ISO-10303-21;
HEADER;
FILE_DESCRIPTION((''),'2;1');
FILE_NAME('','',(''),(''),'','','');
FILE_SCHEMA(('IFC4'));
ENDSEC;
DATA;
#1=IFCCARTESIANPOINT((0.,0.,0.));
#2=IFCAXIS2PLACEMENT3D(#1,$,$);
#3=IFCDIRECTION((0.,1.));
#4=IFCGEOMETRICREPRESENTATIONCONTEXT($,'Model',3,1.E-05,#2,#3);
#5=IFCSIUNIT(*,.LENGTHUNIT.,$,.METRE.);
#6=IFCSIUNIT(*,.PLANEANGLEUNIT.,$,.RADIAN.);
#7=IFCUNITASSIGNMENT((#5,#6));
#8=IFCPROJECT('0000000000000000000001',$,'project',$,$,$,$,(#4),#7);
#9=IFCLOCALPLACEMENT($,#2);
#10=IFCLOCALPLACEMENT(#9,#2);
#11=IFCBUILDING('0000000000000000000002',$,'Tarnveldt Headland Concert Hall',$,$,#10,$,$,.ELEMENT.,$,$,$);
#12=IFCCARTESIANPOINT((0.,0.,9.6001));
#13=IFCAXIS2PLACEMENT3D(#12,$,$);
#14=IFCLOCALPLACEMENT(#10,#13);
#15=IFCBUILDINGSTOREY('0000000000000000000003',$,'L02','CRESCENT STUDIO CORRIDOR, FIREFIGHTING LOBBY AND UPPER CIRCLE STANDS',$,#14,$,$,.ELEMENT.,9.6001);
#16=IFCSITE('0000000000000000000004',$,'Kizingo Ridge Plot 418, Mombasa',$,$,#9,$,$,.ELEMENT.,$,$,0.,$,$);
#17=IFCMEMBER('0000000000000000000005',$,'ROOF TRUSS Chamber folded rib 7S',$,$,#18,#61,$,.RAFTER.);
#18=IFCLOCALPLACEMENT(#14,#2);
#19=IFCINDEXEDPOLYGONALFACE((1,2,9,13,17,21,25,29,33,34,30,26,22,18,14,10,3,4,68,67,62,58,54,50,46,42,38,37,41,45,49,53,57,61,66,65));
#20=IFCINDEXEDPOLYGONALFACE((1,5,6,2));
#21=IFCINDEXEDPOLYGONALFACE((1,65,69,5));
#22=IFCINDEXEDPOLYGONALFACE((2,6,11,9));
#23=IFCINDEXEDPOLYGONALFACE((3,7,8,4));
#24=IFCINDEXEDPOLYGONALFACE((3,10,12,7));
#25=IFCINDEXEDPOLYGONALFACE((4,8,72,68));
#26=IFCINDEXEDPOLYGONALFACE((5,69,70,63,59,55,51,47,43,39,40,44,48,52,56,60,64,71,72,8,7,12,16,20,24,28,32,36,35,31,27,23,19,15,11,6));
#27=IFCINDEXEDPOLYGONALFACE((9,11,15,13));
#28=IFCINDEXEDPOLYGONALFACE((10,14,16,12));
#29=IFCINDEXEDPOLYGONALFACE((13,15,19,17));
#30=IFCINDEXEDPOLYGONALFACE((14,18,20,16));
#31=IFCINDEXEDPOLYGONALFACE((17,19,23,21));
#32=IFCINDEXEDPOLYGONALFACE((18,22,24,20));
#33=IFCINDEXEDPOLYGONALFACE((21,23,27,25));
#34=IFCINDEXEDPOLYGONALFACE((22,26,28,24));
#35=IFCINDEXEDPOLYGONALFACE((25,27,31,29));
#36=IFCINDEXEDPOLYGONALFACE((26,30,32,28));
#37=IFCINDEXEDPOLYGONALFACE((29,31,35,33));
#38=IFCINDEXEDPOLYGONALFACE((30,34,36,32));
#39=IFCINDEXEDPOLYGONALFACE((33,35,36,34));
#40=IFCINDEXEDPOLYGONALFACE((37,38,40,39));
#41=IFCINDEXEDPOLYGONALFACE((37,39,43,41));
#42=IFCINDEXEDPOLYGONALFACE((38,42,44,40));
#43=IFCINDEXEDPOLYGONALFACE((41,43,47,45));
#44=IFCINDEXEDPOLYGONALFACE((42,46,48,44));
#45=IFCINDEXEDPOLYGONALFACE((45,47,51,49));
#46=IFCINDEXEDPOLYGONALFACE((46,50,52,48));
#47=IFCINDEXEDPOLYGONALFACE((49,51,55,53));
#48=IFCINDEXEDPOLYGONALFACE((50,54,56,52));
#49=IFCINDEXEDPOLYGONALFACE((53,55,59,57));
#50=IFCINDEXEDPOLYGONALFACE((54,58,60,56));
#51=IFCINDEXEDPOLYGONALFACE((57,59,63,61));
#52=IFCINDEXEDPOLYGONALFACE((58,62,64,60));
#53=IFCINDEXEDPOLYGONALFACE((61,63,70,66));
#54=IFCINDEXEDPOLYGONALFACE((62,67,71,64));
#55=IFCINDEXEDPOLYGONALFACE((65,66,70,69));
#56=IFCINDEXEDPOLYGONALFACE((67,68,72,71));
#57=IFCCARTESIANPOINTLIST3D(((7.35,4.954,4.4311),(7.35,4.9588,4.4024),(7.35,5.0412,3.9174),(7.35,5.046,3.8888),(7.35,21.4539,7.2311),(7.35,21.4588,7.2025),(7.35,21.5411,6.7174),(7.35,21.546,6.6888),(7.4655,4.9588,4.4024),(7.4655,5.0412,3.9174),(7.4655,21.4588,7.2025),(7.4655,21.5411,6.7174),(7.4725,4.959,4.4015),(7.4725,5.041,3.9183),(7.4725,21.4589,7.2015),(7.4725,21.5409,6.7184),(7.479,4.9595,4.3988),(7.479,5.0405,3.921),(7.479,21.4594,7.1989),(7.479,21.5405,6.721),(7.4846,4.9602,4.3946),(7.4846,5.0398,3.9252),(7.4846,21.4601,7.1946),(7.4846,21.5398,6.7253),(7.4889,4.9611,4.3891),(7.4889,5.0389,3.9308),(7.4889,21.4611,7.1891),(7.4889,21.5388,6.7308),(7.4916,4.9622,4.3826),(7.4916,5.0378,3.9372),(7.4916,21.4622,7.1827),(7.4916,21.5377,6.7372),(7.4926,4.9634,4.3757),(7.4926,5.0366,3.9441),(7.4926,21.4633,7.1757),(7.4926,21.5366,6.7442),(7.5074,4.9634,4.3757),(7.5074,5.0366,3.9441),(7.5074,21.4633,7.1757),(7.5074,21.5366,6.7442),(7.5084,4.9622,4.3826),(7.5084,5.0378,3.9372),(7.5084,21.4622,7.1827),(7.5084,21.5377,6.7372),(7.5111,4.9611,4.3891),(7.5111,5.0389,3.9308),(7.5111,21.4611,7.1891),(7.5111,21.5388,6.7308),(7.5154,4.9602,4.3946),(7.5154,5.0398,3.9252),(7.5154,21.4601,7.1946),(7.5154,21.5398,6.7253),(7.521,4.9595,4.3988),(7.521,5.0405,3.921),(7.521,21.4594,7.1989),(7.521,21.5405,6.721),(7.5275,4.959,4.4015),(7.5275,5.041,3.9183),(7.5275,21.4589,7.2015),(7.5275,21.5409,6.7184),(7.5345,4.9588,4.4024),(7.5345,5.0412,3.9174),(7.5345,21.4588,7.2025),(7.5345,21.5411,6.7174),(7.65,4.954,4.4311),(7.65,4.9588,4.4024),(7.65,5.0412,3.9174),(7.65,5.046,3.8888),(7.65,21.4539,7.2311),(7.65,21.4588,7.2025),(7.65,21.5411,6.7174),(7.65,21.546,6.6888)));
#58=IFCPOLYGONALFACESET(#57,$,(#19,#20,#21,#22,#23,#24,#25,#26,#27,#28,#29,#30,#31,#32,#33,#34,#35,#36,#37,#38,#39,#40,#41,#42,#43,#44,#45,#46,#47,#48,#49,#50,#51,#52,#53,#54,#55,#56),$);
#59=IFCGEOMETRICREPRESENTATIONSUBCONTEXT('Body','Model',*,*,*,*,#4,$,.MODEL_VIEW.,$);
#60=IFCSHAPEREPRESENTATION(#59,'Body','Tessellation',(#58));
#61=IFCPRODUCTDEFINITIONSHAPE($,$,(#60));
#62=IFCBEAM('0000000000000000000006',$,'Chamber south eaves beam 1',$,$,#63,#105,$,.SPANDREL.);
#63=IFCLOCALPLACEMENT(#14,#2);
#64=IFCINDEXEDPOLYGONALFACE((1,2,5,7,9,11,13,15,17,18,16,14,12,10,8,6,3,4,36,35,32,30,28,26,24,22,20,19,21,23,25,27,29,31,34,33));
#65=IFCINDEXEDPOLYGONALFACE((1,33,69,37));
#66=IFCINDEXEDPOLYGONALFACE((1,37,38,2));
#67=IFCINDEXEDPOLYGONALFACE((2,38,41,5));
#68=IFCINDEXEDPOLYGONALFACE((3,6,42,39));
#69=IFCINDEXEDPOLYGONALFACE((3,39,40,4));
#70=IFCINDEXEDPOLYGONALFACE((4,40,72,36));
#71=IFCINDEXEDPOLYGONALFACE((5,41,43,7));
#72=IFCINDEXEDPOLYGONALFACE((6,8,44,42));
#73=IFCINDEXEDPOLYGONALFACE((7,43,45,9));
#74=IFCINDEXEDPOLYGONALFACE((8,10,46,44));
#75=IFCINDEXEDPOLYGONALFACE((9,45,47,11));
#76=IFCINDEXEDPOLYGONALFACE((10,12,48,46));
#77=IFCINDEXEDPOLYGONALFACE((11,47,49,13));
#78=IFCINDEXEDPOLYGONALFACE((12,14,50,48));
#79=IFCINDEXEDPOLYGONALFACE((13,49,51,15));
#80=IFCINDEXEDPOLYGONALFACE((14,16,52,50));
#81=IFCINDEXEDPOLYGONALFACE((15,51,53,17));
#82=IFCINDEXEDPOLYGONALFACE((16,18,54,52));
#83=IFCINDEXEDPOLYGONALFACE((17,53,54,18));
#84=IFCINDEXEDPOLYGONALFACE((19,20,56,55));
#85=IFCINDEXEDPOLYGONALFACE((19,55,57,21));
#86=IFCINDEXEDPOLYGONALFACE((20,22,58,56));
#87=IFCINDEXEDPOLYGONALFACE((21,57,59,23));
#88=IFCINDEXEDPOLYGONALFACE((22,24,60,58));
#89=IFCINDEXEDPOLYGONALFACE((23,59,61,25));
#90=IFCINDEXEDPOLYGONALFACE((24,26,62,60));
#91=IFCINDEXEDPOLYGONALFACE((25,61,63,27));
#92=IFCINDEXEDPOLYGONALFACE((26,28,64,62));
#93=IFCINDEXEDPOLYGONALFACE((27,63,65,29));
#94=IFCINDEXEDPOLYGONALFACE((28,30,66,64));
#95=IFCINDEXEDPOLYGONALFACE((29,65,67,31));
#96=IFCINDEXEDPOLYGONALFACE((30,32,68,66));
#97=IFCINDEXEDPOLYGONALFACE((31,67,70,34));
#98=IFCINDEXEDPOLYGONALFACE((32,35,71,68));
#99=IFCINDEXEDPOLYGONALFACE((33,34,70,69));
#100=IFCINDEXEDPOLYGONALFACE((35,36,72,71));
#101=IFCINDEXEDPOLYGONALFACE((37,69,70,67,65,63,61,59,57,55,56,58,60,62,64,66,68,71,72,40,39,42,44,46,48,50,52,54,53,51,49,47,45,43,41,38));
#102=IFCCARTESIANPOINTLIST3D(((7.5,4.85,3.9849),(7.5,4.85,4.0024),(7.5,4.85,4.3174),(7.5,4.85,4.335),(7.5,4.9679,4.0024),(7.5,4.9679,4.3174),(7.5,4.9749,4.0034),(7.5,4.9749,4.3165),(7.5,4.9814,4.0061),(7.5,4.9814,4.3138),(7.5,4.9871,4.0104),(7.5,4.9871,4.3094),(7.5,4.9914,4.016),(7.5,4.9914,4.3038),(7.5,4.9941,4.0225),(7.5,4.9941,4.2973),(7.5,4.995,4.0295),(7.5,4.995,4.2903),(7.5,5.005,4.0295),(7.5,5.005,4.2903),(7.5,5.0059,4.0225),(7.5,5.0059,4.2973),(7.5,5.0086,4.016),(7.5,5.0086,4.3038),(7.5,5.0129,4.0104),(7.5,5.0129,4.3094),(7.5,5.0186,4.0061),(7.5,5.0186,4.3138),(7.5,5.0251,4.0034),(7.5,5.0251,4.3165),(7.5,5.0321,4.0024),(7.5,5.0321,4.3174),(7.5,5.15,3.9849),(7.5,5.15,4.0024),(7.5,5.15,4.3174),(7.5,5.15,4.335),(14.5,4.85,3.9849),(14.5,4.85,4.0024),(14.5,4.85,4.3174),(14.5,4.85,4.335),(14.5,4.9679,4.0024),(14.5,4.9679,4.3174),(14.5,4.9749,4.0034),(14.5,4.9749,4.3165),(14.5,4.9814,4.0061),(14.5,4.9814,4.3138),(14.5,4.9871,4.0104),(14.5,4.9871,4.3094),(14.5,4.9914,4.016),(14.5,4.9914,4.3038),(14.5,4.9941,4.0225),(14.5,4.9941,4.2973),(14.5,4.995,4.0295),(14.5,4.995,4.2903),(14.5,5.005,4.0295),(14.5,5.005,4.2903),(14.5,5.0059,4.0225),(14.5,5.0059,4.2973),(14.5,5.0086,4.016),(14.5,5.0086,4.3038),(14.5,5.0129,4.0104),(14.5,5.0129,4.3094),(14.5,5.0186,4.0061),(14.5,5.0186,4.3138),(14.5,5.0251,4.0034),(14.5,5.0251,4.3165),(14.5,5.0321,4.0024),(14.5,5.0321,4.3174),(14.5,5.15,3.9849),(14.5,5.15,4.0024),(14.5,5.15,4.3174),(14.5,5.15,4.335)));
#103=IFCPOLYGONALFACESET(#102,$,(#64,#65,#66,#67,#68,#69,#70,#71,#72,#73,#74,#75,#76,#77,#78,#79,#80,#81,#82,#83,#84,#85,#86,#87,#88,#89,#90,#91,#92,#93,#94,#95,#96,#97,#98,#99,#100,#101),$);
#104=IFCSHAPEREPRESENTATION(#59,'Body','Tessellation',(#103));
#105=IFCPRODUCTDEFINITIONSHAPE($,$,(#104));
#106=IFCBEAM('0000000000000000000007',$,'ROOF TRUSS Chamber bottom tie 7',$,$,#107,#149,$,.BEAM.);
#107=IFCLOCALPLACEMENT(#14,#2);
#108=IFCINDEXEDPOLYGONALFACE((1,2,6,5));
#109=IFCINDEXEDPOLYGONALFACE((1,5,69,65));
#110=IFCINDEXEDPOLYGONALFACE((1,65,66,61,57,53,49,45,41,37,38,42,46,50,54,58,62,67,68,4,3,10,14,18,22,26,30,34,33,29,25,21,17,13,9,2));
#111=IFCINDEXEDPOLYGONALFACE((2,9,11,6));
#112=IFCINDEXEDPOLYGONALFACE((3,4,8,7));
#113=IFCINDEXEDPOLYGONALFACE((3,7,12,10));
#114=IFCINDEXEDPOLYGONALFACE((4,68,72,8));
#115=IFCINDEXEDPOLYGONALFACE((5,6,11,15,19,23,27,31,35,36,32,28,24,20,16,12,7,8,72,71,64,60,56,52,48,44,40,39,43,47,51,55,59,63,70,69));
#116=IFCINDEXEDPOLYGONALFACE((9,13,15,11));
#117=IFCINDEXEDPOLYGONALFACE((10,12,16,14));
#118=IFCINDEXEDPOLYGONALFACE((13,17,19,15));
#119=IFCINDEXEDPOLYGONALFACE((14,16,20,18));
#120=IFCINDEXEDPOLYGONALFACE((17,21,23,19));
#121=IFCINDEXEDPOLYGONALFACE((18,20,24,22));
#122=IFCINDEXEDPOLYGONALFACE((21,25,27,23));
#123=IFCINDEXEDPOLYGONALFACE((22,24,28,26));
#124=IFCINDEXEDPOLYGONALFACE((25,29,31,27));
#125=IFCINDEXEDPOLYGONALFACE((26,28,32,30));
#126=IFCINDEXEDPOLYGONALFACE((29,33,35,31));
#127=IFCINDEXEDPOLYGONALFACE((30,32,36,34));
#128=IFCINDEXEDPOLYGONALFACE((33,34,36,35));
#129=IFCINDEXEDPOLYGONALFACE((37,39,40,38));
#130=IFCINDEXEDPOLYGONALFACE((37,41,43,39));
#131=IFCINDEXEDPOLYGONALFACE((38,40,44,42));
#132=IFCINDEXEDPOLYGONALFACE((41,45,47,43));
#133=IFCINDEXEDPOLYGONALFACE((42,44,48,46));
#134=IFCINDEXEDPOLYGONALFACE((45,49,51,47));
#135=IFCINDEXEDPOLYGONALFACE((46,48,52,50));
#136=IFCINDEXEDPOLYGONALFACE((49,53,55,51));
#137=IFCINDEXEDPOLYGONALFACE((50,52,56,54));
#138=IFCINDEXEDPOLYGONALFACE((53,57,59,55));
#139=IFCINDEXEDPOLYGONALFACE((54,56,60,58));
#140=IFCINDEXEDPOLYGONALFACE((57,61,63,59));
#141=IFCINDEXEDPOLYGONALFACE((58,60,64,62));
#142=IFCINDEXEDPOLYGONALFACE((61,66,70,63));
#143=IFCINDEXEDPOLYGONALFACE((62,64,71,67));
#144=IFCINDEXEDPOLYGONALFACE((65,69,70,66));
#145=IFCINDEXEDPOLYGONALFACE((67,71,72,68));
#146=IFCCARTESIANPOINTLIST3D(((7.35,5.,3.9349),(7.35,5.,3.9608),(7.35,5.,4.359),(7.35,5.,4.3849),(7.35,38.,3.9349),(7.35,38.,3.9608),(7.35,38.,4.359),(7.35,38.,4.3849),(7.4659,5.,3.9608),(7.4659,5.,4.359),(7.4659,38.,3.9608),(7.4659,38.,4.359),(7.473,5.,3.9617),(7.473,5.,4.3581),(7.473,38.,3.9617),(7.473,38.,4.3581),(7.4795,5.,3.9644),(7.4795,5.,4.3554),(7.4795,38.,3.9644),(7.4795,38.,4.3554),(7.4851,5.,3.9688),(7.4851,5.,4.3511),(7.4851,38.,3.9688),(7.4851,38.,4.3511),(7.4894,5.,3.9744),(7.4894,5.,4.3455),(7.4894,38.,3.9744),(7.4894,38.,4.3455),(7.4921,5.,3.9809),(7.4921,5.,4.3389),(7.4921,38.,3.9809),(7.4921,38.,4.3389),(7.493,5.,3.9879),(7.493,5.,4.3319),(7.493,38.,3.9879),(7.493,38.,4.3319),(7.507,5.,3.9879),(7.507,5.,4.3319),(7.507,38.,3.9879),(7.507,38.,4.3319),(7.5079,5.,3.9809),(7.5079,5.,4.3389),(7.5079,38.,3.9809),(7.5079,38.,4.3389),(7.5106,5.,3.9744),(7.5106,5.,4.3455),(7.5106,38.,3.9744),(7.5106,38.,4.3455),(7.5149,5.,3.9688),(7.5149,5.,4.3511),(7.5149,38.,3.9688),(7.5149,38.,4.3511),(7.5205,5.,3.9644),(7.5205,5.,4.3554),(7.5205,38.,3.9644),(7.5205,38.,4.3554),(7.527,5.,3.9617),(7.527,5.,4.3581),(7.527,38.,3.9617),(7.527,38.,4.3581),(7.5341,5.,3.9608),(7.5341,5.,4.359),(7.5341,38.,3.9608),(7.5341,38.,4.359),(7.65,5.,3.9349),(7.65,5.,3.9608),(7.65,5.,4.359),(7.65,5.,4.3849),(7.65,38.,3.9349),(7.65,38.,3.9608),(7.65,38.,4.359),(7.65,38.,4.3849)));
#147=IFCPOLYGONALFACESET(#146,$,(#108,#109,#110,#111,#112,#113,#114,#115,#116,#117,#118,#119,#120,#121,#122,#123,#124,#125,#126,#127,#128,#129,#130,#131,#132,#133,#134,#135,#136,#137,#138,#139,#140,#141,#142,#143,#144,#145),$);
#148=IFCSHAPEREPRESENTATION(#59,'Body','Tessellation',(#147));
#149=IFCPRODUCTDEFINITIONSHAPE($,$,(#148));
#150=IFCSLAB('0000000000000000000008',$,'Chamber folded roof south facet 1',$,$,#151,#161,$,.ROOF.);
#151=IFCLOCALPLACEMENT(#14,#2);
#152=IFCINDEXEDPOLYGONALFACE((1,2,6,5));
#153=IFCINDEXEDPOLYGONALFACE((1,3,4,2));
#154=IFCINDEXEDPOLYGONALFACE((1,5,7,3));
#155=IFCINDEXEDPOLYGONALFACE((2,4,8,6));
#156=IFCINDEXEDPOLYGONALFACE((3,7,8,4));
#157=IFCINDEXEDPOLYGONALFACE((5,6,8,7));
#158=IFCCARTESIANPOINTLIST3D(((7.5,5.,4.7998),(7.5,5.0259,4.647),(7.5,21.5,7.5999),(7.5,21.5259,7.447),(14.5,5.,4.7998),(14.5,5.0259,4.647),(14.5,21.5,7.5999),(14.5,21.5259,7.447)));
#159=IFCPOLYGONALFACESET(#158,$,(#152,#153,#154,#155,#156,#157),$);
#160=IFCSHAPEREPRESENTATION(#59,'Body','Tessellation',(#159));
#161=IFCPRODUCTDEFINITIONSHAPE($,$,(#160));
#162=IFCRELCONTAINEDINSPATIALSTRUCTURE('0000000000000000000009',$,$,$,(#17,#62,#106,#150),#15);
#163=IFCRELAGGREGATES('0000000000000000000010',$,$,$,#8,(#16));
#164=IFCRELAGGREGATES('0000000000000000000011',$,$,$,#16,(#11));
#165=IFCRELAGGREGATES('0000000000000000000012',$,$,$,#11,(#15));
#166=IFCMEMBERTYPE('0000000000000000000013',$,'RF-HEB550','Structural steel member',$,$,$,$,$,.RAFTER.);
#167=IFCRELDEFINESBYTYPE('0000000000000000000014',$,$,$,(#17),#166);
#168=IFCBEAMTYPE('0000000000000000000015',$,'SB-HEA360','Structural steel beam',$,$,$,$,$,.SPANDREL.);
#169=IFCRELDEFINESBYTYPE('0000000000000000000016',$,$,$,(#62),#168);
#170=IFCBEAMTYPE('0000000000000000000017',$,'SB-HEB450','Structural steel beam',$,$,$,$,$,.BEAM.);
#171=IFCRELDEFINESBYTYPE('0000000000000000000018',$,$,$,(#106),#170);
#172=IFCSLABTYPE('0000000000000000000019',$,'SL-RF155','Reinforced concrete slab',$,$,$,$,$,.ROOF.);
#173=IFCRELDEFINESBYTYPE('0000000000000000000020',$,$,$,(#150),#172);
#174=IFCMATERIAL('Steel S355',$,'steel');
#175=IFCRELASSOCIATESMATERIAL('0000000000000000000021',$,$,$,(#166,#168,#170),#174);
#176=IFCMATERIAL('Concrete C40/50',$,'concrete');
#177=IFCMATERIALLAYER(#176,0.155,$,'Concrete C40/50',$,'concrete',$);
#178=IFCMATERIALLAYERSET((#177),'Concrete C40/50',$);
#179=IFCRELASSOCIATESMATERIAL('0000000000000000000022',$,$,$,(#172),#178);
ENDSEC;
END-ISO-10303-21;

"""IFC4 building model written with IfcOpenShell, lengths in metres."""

from ifc_helpers import new_model, si_unit, direction, frame, origin, origin_2d, place, context, subcontext, project, spatial, polyline, i_section, outline, extrude, material, layer, layer_set, material_profile, profile_set, type_object, element, save


model = new_model("IFC4")

# Units and contexts
model_context = context("Model", 3, precision=1e-05, world=origin(), true_north=direction((0.0, 1.0)))
body_context = subcontext(model_context, "Body", "Model", "MODEL_VIEW")
ifc_project = project(units=[si_unit("LENGTHUNIT", "METRE"), si_unit("PLANEANGLEUNIT", "RADIAN")], contexts=[model_context])

# Site, building, storey
site_placement = place(None, origin())
site = spatial("IfcSite", under=ifc_project, at=site_placement, Name="Kizingo Ridge Plot 418, Mombasa", CompositionType="ELEMENT", RefElevation=0.0)
building_placement = place(site_placement, origin())
building = spatial("IfcBuilding", under=site, at=building_placement, Name="Tarnveldt Headland Concert Hall", CompositionType="ELEMENT")
storey_placement = place(building_placement, frame((0.0, 0.0, 9.6001)))
storey = spatial("IfcBuildingStorey", under=building, at=storey_placement, Name="L02", Description="CRESCENT STUDIO CORRIDOR, FIREFIGHTING LOBBY AND UPPER CIRCLE STANDS", CompositionType="ELEMENT", Elevation=9.6001)

# Shared definitions
ifc_material_1 = material(Name="Steel S355", Category="steel")

# Member
ifc_material_profile_1 = material_profile(ifc_material_1, i_section(OverallWidth=0.3, OverallDepth=0.55, WebThickness=0.0149, FlangeThickness=0.0291, FilletRadius=0.0271, at=origin_2d()), Name="HEB550", Category="steel")
ifc_profile_set_1 = profile_set([ifc_material_profile_1], Name="Steel S355")
member_type_1 = type_object("IfcMemberType", Name="RF-HEB550", Description="Structural steel member", PredefinedType="RAFTER", material=ifc_profile_set_1)
member_placement = place(storey_placement, frame((7.5, 5.0, 4.1599), z_axis=(0.0, 0.985905, 0.167308), x_axis=(-1.0, 0.0, 0.0)))
element("IfcMember", 1, at=member_placement, inside=storey, type_object=member_type_1, Name="ROOF TRUSS Chamber folded rib 7S", PredefinedType="RAFTER", context=body_context, shape_type="SweptSolid", body=[
    extrude(i_section(OverallWidth=0.3, OverallDepth=0.55, WebThickness=0.0149, FlangeThickness=0.0291, FilletRadius=0.0271, at=origin_2d()), origin(), (0.0, 0.0, 1.0), 16.7358),
])

# Beams
ifc_material_profile_2 = material_profile(ifc_material_1, i_section(OverallWidth=0.3, OverallDepth=0.3501, WebThickness=0.01, FlangeThickness=0.0176, FilletRadius=0.0271, at=origin_2d()), Name="HEA360", Category="steel")
ifc_profile_set_2 = profile_set([ifc_material_profile_2], Name="Steel S355")
beam_type_1 = type_object("IfcBeamType", Name="SB-HEA360", Description="Structural steel beam", PredefinedType="SPANDREL", material=ifc_profile_set_2)
beam_1_placement = place(storey_placement, frame((7.5, 5.0, 4.1599), z_axis=(1.0, 0.0, 0.0), x_axis=(0.0, 1.0, 0.0)))
element("IfcBeam", 2, at=beam_1_placement, inside=storey, type_object=beam_type_1, Name="Chamber south eaves beam 1", PredefinedType="SPANDREL", context=body_context, shape_type="SweptSolid", body=[
    extrude(i_section(OverallWidth=0.3, OverallDepth=0.3501, WebThickness=0.01, FlangeThickness=0.0176, FilletRadius=0.0271, at=origin_2d()), origin(), (0.0, 0.0, 1.0), 7.0),
])
ifc_material_profile_3 = material_profile(ifc_material_1, i_section(OverallWidth=0.3, OverallDepth=0.45, WebThickness=0.0139, FlangeThickness=0.0259, FilletRadius=0.0271, at=origin_2d()), Name="HEB450", Category="steel")
ifc_profile_set_3 = profile_set([ifc_material_profile_3], Name="Steel S355")
beam_type_2 = type_object("IfcBeamType", Name="SB-HEB450", Description="Structural steel beam", PredefinedType="BEAM", material=ifc_profile_set_3)
beam_2_placement = place(storey_placement, frame((7.5, 5.0, 4.1599), z_axis=(0.0, 1.0, 0.0), x_axis=(-1.0, 0.0, 0.0)))
element("IfcBeam", 3, at=beam_2_placement, inside=storey, type_object=beam_type_2, Name="ROOF TRUSS Chamber bottom tie 7", PredefinedType="BEAM", context=body_context, shape_type="SweptSolid", body=[
    extrude(i_section(OverallWidth=0.3, OverallDepth=0.45, WebThickness=0.0139, FlangeThickness=0.0259, FilletRadius=0.0271, at=origin_2d()), origin(), (0.0, 0.0, 1.0), 33.0),
])

# Slab
ifc_material_2 = material(Name="Concrete C40/50", Category="concrete")
ifc_layer_1 = layer(ifc_material_2, 0.155, Name="Concrete C40/50", Category="concrete")
ifc_layer_set_1 = layer_set([ifc_layer_1], Name="Concrete C40/50")
slab_type = type_object("IfcSlabType", Name="SL-RF155", Description="Reinforced concrete slab", PredefinedType="ROOF", material=ifc_layer_set_1)
slab_placement = place(storey_placement, frame((7.5, 5.0, 4.7998), z_axis=(0.0, -0.167308, 0.985905), x_axis=(1.0, 0.0, 0.0)))
element("IfcSlab", 4, at=slab_placement, inside=storey, type_object=slab_type, Name="Chamber folded roof south facet 1", PredefinedType="ROOF", context=body_context, shape_type="SweptSolid", body=[
    extrude(outline(polyline([(0.0, 0.0), (7.0, 0.0), (7.0, 16.7359), (0.0, 16.7359), (0.0, 0.0)])), origin(), (0.0, 0.0, -1.0), 0.155),
])

save(model, "model.ifc")
